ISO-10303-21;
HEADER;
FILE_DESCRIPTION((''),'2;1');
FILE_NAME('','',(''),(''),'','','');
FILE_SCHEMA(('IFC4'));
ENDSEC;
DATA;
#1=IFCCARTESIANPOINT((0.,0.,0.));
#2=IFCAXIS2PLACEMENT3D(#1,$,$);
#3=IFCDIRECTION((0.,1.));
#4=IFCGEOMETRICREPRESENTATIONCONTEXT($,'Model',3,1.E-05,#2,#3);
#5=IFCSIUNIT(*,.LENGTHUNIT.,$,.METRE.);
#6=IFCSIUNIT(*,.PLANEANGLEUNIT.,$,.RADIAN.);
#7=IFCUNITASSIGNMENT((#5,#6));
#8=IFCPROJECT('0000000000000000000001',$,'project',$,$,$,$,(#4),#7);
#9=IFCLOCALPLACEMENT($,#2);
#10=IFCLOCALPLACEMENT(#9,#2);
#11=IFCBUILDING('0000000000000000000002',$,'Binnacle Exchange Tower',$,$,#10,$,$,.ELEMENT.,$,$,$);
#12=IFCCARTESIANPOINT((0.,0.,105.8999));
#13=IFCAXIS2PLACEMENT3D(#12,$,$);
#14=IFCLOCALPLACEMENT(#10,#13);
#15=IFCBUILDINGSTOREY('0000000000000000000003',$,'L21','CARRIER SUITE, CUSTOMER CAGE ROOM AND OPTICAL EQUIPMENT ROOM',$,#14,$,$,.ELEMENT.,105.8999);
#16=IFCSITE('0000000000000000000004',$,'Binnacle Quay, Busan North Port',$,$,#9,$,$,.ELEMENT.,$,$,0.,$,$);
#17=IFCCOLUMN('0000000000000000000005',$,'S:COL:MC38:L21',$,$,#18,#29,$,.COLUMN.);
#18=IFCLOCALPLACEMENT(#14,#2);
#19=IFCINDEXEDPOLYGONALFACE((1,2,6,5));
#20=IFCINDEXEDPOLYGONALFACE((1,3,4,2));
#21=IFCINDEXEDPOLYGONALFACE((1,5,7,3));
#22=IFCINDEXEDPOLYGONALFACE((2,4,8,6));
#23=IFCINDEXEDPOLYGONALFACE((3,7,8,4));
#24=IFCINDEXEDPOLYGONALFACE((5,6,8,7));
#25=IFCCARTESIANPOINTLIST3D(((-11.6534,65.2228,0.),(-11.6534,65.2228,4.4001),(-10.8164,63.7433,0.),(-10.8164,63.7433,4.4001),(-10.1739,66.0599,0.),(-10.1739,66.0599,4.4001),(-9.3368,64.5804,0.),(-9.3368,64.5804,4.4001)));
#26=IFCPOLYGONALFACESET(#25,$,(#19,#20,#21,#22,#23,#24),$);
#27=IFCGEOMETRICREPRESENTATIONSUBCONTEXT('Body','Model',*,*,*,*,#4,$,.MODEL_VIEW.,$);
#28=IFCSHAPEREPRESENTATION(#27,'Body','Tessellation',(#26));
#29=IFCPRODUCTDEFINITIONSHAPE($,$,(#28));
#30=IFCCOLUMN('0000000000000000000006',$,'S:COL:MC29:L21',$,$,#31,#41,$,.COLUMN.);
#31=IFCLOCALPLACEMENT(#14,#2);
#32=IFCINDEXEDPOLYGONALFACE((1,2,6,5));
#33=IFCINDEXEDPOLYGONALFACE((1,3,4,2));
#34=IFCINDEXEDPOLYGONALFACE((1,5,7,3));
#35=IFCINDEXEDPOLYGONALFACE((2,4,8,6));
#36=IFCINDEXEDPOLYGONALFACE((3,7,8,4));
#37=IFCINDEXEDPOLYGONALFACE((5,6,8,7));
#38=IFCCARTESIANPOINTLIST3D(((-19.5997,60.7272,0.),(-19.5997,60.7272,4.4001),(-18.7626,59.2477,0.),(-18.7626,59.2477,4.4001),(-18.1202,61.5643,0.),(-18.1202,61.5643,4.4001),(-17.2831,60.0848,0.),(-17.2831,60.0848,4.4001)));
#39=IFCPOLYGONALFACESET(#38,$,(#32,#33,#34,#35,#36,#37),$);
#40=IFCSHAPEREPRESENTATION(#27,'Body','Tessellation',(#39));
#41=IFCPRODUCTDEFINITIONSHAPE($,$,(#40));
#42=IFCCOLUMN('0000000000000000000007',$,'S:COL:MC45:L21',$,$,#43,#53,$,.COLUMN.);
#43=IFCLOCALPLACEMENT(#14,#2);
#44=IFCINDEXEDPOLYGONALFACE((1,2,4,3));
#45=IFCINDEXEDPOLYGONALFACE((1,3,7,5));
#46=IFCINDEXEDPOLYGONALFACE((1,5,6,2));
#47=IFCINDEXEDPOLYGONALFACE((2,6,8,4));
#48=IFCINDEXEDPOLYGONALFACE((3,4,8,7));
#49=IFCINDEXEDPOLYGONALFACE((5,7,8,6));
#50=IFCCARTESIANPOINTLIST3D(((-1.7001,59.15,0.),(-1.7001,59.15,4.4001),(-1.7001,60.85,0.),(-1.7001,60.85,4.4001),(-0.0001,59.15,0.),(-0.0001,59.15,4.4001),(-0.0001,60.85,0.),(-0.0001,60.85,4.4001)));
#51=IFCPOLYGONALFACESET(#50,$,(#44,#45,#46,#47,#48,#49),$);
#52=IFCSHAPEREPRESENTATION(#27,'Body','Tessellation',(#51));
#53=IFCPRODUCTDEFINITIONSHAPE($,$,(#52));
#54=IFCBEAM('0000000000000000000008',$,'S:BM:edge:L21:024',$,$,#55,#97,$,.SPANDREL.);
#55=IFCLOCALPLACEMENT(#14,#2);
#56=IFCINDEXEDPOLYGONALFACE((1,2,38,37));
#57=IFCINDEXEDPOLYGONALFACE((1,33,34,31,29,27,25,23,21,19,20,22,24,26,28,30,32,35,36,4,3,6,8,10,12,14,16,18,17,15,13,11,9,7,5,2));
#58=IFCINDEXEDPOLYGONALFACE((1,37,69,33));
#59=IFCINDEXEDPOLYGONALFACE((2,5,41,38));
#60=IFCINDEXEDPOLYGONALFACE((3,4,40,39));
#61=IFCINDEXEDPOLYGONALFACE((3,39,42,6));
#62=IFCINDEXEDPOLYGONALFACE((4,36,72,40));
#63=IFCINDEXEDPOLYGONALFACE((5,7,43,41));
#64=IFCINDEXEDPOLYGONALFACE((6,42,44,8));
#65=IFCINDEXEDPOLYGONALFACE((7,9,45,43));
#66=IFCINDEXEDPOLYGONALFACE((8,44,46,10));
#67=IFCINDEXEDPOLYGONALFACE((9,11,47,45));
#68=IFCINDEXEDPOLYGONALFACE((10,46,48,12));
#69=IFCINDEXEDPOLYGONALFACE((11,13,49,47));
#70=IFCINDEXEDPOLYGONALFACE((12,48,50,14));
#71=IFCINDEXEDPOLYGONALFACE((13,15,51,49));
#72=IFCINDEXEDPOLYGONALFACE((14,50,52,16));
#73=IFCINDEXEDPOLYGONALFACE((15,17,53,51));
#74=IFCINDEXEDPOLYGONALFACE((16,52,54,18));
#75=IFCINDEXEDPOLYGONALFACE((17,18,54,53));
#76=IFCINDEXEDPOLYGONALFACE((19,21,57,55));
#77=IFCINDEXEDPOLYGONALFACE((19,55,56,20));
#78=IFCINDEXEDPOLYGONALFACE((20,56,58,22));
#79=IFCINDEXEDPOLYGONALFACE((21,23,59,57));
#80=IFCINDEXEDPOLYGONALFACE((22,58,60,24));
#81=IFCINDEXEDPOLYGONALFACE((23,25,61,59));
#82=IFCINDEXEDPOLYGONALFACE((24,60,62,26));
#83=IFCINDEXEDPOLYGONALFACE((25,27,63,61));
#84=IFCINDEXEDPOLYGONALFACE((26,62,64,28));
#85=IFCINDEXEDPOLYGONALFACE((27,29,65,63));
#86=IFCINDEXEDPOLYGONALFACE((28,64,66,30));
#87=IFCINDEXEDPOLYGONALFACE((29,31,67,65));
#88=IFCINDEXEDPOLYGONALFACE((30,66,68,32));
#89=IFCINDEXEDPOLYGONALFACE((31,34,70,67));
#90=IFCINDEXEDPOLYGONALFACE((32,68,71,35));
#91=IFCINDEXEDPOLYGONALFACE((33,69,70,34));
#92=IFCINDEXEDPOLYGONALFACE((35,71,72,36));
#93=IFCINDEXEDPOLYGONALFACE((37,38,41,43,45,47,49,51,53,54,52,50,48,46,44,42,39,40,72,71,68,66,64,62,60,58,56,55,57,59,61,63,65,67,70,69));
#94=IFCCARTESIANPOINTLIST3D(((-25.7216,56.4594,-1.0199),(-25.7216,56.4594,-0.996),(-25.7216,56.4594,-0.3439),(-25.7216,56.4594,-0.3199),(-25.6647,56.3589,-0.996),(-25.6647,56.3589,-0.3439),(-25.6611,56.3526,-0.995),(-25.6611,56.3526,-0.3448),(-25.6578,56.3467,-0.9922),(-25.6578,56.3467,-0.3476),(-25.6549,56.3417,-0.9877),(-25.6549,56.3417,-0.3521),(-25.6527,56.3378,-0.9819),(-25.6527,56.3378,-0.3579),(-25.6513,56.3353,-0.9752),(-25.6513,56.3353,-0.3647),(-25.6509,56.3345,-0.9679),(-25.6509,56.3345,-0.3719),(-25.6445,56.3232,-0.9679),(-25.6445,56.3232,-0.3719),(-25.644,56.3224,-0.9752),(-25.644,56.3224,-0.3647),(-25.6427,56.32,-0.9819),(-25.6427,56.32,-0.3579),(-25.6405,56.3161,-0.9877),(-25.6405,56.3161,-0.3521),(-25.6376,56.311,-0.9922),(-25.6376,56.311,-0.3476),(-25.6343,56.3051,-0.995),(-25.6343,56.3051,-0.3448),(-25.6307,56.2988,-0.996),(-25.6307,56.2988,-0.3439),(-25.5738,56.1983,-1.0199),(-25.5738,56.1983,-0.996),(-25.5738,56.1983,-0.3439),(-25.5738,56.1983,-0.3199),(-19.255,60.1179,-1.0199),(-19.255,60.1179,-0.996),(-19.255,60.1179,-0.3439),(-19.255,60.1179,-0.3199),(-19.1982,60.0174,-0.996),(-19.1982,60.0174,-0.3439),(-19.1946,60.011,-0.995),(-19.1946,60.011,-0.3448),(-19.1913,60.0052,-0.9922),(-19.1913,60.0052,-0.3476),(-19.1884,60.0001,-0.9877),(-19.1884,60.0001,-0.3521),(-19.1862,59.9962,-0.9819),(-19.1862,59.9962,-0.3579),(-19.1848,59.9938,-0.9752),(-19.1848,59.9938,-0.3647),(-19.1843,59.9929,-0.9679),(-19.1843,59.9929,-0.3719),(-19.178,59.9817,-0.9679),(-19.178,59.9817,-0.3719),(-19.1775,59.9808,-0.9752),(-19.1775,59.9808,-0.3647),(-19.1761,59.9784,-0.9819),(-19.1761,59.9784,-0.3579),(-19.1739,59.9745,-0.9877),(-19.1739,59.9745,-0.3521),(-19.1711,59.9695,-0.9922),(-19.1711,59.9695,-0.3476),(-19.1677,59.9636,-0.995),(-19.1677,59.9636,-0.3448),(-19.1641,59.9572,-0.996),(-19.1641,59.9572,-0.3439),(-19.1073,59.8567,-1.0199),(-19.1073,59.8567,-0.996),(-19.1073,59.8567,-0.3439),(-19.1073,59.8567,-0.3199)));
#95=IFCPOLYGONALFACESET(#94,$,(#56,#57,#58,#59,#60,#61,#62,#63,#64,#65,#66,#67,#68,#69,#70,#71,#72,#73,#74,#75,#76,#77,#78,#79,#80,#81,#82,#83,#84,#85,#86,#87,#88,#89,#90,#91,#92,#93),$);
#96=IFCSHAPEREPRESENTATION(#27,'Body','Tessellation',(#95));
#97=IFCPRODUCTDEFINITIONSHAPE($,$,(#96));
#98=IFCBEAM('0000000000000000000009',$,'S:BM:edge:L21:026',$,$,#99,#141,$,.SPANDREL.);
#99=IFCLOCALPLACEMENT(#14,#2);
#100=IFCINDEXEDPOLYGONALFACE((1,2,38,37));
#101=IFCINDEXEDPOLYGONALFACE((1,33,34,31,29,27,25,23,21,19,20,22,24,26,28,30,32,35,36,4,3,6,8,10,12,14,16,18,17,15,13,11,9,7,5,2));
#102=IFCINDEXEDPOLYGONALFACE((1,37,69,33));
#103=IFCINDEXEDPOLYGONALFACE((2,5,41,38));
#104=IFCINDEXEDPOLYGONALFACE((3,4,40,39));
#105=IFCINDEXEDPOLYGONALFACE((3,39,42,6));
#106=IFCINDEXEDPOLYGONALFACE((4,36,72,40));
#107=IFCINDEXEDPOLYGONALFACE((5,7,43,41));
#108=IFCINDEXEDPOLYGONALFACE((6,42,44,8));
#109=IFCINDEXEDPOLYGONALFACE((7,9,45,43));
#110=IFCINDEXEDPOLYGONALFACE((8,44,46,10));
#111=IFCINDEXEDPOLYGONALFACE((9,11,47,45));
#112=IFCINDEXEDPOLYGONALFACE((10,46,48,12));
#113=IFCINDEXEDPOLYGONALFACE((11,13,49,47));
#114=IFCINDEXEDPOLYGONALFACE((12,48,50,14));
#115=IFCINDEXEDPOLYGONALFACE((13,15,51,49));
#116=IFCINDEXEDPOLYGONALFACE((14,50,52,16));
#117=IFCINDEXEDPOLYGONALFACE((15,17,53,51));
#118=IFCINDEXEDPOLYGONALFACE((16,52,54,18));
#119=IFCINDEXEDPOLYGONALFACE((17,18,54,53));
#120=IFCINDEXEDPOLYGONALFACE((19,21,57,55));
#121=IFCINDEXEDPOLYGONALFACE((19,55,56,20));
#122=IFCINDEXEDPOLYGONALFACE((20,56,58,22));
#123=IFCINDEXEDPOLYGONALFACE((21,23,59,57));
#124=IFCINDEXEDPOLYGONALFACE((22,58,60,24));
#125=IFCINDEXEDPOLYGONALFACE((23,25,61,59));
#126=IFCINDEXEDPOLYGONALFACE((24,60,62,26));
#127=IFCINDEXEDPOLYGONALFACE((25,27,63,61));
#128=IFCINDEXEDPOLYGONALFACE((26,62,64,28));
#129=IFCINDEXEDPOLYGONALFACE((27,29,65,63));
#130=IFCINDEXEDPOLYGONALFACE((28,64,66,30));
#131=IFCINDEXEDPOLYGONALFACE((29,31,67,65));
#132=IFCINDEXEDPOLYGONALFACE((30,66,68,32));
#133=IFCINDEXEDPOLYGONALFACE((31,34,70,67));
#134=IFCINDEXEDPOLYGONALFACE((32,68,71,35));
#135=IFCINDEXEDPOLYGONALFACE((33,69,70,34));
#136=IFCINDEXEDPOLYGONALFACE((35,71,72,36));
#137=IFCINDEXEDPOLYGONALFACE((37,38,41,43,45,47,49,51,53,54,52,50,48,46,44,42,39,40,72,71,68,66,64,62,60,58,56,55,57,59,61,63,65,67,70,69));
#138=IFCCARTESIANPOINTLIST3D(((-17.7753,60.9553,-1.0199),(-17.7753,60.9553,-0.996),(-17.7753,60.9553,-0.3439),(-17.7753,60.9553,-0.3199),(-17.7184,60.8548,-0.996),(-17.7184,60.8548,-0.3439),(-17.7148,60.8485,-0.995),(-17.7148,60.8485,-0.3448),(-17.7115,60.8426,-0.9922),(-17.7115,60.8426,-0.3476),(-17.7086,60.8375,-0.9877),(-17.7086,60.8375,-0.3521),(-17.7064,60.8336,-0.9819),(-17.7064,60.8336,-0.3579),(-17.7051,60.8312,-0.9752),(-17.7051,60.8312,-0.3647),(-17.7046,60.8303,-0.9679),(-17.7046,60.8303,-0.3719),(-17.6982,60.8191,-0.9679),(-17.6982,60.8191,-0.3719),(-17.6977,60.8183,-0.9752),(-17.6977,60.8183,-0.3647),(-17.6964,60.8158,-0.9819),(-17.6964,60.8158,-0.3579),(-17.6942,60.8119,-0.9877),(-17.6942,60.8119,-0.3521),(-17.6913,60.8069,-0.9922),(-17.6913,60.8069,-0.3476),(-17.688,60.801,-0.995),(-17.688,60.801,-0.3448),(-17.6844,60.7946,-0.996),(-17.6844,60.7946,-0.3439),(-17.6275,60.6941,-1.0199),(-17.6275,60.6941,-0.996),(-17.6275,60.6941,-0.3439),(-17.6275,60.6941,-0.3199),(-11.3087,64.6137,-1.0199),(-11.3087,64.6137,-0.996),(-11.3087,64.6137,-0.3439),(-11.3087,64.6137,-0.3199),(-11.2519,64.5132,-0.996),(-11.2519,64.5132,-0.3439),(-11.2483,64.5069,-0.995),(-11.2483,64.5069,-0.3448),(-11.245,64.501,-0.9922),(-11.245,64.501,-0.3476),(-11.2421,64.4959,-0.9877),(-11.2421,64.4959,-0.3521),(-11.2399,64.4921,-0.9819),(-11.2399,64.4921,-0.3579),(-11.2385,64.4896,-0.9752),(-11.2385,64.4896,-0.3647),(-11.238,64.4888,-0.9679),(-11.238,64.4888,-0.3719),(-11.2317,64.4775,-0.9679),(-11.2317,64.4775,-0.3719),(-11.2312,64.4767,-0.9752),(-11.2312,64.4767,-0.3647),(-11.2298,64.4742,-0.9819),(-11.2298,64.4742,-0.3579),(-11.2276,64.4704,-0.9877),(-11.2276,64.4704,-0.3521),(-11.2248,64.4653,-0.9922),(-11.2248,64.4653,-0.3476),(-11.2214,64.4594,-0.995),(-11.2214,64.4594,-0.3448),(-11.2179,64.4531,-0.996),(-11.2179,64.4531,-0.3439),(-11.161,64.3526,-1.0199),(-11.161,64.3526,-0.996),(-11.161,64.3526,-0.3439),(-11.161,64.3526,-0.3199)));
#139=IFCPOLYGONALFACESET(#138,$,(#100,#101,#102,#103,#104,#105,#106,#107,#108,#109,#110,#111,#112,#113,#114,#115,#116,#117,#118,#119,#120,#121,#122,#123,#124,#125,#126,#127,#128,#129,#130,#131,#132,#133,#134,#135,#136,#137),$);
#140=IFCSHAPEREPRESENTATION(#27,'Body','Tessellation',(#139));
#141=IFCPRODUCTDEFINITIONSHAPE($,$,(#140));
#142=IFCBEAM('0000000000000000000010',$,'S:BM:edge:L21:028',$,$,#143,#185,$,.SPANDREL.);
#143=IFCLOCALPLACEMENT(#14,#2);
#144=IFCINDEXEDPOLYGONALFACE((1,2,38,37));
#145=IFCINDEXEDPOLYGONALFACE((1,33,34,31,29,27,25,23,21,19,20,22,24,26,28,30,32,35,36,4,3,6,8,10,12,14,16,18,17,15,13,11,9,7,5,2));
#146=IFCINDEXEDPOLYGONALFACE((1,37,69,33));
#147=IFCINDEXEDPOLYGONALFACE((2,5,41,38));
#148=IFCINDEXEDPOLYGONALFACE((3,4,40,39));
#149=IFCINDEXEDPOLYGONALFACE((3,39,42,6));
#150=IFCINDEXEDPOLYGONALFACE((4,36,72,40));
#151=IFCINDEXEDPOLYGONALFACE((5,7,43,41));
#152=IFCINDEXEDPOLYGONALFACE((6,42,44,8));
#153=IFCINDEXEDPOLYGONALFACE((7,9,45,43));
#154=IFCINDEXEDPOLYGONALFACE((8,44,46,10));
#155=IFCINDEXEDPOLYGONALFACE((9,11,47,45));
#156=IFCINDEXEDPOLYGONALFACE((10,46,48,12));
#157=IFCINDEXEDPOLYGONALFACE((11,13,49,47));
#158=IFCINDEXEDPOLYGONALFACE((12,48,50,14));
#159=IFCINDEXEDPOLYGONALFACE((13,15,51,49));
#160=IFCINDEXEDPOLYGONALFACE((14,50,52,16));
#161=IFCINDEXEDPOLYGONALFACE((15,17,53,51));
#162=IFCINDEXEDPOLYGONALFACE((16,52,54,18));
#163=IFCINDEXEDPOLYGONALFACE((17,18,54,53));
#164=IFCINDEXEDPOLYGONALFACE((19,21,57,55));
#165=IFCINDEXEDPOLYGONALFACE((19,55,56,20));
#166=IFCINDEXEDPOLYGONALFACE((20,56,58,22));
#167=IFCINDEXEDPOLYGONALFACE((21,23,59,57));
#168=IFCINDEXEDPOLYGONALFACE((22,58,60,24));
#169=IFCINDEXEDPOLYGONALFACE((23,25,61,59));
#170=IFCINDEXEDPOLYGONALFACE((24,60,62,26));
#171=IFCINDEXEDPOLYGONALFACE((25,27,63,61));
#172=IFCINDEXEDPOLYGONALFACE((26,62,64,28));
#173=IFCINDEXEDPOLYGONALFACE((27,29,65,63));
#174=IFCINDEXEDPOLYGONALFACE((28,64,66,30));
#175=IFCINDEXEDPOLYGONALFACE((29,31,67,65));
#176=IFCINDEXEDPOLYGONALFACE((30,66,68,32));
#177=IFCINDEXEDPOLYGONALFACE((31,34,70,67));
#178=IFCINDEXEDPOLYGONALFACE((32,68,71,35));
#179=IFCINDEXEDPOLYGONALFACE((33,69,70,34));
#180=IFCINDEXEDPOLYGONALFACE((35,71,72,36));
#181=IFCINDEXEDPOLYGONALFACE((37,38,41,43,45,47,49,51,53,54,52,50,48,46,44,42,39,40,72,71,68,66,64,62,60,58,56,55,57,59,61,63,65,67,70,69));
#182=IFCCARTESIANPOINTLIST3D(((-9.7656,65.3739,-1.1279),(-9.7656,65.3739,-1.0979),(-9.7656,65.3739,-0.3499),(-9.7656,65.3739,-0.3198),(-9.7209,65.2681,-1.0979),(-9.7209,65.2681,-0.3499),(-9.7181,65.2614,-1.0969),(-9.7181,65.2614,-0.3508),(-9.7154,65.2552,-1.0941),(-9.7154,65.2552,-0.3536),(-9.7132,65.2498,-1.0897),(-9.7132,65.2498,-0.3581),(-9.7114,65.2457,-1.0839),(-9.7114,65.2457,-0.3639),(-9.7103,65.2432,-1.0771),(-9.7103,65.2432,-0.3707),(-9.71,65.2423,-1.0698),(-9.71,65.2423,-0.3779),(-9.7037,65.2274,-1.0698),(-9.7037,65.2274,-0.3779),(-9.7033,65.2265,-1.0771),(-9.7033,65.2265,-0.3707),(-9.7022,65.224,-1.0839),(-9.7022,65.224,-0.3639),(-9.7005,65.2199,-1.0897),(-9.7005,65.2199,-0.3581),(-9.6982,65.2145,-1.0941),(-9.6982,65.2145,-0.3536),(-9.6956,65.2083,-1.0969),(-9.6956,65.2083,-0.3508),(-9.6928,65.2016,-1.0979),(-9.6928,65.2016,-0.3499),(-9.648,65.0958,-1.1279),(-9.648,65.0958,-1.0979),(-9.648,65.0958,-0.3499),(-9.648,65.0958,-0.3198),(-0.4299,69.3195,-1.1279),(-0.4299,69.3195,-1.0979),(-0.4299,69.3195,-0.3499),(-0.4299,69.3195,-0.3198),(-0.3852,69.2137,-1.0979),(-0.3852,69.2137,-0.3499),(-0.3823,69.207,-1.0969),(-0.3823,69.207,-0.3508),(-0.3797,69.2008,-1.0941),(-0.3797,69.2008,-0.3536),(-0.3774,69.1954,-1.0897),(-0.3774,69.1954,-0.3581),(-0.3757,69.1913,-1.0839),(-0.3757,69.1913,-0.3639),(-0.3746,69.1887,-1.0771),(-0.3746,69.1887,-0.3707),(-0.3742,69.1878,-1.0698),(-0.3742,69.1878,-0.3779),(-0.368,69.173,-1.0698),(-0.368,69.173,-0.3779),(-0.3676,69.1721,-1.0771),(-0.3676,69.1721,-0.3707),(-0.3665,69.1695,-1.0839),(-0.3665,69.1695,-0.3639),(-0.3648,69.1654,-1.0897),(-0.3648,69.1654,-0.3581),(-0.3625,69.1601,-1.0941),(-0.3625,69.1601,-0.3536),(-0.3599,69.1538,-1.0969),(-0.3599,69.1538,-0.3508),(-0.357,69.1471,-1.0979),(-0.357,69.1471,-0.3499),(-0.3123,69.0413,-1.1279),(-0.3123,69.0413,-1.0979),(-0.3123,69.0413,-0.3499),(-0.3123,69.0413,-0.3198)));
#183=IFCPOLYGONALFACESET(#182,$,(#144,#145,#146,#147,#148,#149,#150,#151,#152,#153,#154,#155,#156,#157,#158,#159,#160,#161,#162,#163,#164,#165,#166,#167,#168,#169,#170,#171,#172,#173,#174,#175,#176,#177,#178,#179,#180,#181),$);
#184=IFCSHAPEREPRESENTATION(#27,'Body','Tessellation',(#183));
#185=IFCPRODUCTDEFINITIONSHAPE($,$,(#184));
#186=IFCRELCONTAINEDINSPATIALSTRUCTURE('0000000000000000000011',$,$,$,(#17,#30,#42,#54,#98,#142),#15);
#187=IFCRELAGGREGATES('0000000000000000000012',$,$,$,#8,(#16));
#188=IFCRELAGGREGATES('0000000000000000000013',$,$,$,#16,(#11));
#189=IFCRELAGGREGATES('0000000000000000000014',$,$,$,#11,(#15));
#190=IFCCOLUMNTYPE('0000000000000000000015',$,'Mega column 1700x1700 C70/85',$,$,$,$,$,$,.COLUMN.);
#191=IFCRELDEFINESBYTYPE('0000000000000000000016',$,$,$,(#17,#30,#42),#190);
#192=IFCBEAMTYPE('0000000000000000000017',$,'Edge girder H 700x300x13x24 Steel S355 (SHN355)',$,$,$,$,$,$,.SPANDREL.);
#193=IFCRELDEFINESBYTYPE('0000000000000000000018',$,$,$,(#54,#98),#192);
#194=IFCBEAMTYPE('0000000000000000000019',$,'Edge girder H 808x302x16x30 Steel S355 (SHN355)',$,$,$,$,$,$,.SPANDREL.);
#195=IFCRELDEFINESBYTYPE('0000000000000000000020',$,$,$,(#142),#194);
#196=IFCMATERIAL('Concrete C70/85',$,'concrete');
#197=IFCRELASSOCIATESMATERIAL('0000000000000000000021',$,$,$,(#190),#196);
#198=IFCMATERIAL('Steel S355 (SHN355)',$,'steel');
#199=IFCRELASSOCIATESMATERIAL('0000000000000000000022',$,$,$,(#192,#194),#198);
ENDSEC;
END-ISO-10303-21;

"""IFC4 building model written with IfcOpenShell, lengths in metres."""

from ifc_helpers import new_model, si_unit, direction, frame, origin, origin_2d, place, context, subcontext, project, spatial, rectangle, i_section, extrude, material, material_profile, profile_set, type_object, element, save


model = new_model("IFC4")

# Units and contexts
model_context = context("Model", 3, precision=1e-05, world=origin(), true_north=direction((0.0, 1.0)))
body_context = subcontext(model_context, "Body", "Model", "MODEL_VIEW")
ifc_project = project(units=[si_unit("LENGTHUNIT", "METRE"), si_unit("PLANEANGLEUNIT", "RADIAN")], contexts=[model_context])

# Site, building, storey
site_placement = place(None, origin())
site = spatial("IfcSite", under=ifc_project, at=site_placement, Name="Binnacle Quay, Busan North Port", CompositionType="ELEMENT", RefElevation=0.0)
building_placement = place(site_placement, origin())
building = spatial("IfcBuilding", under=site, at=building_placement, Name="Binnacle Exchange Tower", CompositionType="ELEMENT")
storey_placement = place(building_placement, frame((0.0, 0.0, 105.8999)))
storey = spatial("IfcBuildingStorey", under=building, at=storey_placement, Name="L21", Description="CARRIER SUITE, CUSTOMER CAGE ROOM AND OPTICAL EQUIPMENT ROOM", CompositionType="ELEMENT", Elevation=105.8999)

# Columns
ifc_material_1 = material(Name="Concrete C70/85", Category="concrete")
ifc_material_profile_1 = material_profile(ifc_material_1, rectangle(XDim=1.7, YDim=1.7, at=origin_2d()), Name="Mega column 1700x1700 C70/85")
ifc_profile_set_1 = profile_set([ifc_material_profile_1], Name="Concrete C70/85")
column_type = type_object("IfcColumnType", Name="Mega column 1700x1700 C70/85", PredefinedType="COLUMN", material=ifc_profile_set_1)
for number, where, z_axis, x_axis, name in (
    (1, (-10.4951, 64.9016, 0.0), (0.0, 0.0, 1.0), (-0.870356, -0.492424, 0.0), "S:COL:MC38:L21"),
    (2, (-18.4414, 60.406, 0.0), (0.0, 0.0, 1.0), (-0.870356, -0.492424, 0.0), "S:COL:MC29:L21"),
    (3, (-0.8501, 60.0, 0.0), (0.0, 0.0, 1.0), (0.0, 1.0, 0.0), "S:COL:MC45:L21"),
):
    element("IfcColumn", number, at=place(storey_placement, frame(where, z_axis=z_axis, x_axis=x_axis)), inside=storey, type_object=column_type, Name=name, PredefinedType="COLUMN", context=body_context, shape_type="SweptSolid", body=[
        extrude(rectangle(XDim=1.7, YDim=1.7, at=origin_2d()), origin(), (0.0, 0.0, 1.0), 4.4001),
    ])

# Beams
ifc_material_2 = material(Name="Steel S355 (SHN355)", Category="steel")
ifc_material_profile_2 = material_profile(ifc_material_2, i_section(OverallWidth=0.3, OverallDepth=0.7, WebThickness=0.0129, FlangeThickness=0.0239, FilletRadius=0.0281, at=origin_2d()), Name="H 700x300x13x24")
ifc_profile_set_2 = profile_set([ifc_material_profile_2], Name="Steel S355 (SHN355)")
beam_type_1 = type_object("IfcBeamType", Name="Edge girder H 700x300x13x24 Steel S355 (SHN355)", PredefinedType="SPANDREL", material=ifc_profile_set_2)
for number, where, z_axis, x_axis, name in (
    (4, (-19.1812, 59.9873, -0.6699), (-0.870364, -0.492408, 0.0), (0.492408, -0.870364, 0.0), "S:BM:edge:L21:024"),
    (5, (-11.2349, 64.4832, -0.6699), (-0.870364, -0.492408, 0.0), (0.492408, -0.870364, 0.0), "S:BM:edge:L21:026"),
):
    element("IfcBeam", number, at=place(storey_placement, frame(where, z_axis=z_axis, x_axis=x_axis)), inside=storey, type_object=beam_type_1, Name=name, PredefinedType="SPANDREL", context=body_context, shape_type="SweptSolid", body=[
        extrude(i_section(OverallWidth=0.3, OverallDepth=0.7, WebThickness=0.0129, FlangeThickness=0.0239, FilletRadius=0.0281, at=origin_2d()), origin(), (0.0, 0.0, 1.0), 7.4297),
    ])
ifc_material_profile_3 = material_profile(ifc_material_2, i_section(OverallWidth=0.302, OverallDepth=0.8081, WebThickness=0.0161, FlangeThickness=0.03, FilletRadius=0.0281, at=origin_2d()), Name="H 808x302x16x30")
ifc_profile_set_3 = profile_set([ifc_material_profile_3], Name="Steel S355 (SHN355)")
beam_type_2 = type_object("IfcBeamType", Name="Edge girder H 808x302x16x30 Steel S355 (SHN355)", PredefinedType="SPANDREL", material=ifc_profile_set_3)
beam_1_placement = place(storey_placement, frame((-0.3711, 69.1804, -0.7239), z_axis=(-0.921114, -0.389292, 0.0), x_axis=(0.389292, -0.921114, 0.0)))
element("IfcBeam", 6, at=beam_1_placement, inside=storey, type_object=beam_type_2, Name="S:BM:edge:L21:028", PredefinedType="SPANDREL", context=body_context, shape_type="SweptSolid", body=[
    extrude(i_section(OverallWidth=0.302, OverallDepth=0.8081, WebThickness=0.0161, FlangeThickness=0.03, FilletRadius=0.0281, at=origin_2d()), origin(), (0.0, 0.0, 1.0), 10.1353),
])

save(model, "model.ifc")
